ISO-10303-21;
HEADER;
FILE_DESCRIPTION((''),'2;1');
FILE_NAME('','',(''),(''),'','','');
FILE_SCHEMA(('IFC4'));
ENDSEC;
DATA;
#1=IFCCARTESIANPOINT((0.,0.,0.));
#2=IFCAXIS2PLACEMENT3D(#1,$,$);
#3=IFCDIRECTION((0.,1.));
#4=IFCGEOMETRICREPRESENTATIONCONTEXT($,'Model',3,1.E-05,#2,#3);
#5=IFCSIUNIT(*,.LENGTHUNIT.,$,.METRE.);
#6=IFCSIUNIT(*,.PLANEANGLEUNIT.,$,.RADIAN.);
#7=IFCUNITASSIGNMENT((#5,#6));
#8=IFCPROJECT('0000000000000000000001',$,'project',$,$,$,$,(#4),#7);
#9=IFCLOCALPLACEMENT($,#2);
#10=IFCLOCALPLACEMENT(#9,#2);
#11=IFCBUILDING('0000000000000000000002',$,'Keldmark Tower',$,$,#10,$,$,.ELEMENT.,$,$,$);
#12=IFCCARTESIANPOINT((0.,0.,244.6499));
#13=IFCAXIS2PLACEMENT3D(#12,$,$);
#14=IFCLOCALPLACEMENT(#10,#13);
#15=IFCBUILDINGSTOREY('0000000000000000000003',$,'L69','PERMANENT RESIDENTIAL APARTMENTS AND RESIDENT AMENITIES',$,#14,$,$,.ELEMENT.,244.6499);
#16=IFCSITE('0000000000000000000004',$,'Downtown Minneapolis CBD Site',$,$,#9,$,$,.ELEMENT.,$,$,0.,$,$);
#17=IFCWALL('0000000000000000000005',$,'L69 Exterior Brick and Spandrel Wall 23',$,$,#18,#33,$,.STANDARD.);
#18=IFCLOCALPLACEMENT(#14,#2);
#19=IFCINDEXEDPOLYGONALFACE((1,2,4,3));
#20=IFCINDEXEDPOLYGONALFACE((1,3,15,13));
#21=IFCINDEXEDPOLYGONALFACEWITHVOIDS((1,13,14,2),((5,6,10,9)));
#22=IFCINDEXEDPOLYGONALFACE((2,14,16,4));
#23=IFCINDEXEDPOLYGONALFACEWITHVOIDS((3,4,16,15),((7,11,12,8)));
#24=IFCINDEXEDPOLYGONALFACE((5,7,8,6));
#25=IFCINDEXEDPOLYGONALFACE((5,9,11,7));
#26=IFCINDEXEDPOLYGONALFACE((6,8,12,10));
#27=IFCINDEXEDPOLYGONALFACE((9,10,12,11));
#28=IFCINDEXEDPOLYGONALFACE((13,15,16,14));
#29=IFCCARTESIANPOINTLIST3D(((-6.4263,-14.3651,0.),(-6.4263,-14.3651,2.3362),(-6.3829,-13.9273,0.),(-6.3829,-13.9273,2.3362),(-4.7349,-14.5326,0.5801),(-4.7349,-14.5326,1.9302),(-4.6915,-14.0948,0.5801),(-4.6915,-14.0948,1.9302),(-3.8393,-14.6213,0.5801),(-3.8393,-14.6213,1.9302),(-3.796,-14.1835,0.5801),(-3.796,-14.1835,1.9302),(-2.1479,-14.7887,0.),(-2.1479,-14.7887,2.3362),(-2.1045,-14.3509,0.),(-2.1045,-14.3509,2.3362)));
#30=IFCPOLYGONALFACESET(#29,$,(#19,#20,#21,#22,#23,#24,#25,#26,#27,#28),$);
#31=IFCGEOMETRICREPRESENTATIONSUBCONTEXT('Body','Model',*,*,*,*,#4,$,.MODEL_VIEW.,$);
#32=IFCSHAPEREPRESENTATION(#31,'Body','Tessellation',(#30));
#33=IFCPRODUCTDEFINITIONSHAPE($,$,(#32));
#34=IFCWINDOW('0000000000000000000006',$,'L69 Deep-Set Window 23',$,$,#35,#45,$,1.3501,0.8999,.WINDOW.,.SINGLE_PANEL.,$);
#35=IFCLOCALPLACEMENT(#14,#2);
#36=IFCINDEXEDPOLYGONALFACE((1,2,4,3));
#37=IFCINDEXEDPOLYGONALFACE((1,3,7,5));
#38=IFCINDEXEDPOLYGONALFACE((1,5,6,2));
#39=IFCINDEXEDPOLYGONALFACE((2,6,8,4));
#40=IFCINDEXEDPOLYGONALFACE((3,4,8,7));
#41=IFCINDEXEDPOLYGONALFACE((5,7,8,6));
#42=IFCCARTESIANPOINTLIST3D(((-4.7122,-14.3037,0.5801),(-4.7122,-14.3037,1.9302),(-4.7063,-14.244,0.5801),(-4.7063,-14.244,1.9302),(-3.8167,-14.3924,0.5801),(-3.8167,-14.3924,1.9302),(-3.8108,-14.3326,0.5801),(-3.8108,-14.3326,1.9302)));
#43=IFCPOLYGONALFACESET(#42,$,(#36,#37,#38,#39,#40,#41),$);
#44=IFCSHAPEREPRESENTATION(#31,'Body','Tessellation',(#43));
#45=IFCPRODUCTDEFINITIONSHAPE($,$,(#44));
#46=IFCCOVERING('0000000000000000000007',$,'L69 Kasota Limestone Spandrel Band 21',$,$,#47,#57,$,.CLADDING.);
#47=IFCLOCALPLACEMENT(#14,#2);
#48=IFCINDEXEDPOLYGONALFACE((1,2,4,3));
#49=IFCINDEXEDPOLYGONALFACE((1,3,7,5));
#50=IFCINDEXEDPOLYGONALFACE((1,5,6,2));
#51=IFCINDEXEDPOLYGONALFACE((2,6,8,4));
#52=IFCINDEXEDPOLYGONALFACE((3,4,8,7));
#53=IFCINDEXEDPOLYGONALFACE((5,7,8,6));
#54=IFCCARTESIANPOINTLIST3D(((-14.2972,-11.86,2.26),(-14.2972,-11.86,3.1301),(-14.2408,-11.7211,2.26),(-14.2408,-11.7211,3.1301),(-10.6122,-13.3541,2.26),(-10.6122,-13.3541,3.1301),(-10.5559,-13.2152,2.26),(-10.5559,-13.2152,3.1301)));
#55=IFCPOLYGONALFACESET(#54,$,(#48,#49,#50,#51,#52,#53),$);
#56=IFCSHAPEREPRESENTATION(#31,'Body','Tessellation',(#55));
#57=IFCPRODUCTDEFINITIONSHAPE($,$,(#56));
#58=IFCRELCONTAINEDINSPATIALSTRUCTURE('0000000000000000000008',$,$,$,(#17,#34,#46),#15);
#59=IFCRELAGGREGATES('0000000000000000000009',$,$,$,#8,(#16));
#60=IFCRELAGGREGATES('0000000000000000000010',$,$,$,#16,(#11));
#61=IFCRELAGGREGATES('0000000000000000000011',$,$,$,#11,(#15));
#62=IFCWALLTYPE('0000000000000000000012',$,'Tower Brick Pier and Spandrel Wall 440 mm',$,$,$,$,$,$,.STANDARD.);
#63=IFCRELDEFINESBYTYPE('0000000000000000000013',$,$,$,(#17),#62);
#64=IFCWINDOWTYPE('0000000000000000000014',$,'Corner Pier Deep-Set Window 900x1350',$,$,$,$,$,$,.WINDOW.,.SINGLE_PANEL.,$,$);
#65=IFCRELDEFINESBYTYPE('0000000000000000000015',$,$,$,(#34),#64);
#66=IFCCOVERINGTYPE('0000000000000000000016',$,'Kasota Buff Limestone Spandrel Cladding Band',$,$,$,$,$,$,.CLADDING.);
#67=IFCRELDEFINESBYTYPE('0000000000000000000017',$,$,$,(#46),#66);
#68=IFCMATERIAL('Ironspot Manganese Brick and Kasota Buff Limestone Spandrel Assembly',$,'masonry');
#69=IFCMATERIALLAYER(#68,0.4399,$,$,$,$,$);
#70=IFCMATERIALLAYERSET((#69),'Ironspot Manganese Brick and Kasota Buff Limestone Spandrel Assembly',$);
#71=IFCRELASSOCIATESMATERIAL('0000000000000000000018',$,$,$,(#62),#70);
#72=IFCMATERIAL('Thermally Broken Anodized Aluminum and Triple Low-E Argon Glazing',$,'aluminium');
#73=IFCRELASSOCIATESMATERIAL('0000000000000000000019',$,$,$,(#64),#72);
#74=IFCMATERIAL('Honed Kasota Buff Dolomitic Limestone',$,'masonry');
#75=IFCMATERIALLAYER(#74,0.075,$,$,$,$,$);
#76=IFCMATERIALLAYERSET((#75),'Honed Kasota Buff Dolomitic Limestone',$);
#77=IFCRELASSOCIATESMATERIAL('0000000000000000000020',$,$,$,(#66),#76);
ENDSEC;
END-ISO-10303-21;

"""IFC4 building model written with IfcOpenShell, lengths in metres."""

from ifc_helpers import new_model, si_unit, direction, frame, frame_2d, origin, origin_2d, place, context, subcontext, project, spatial, rectangle, extrude, material, layer, layer_set, type_object, element, fill, save


model = new_model("IFC4")

# Units and contexts
model_context = context("Model", 3, precision=1e-05, world=origin(), true_north=direction((0.0, 1.0)))
body_context = subcontext(model_context, "Body", "Model", "MODEL_VIEW")
ifc_project = project(units=[si_unit("LENGTHUNIT", "METRE"), si_unit("PLANEANGLEUNIT", "RADIAN")], contexts=[model_context])

# Site, building, storey
site_placement = place(None, origin())
site = spatial("IfcSite", under=ifc_project, at=site_placement, Name="Downtown Minneapolis CBD Site", CompositionType="ELEMENT", RefElevation=0.0)
building_placement = place(site_placement, origin())
building = spatial("IfcBuilding", under=site, at=building_placement, Name="Keldmark Tower", CompositionType="ELEMENT")
storey_placement = place(building_placement, frame((0.0, 0.0, 244.6499)))
storey = spatial("IfcBuildingStorey", under=building, at=storey_placement, Name="L69", Description="PERMANENT RESIDENTIAL APARTMENTS AND RESIDENT AMENITIES", CompositionType="ELEMENT", Elevation=244.6499)

# Wall, opening, window
ifc_material_1 = material(Name="Ironspot Manganese Brick and Kasota Buff Limestone Spandrel Assembly", Category="masonry")
ifc_layer_1 = layer(ifc_material_1, 0.4399)
ifc_layer_set_1 = layer_set([ifc_layer_1], Name="Ironspot Manganese Brick and Kasota Buff Limestone Spandrel Assembly")
wall_type_1 = type_object("IfcWallType", Name="Tower Brick Pier and Spandrel Wall 440 mm", PredefinedType="STANDARD", material=ifc_layer_set_1)
wall_1_placement = place(storey_placement, frame((-2.1262, -14.5698, 0.0), z_axis=(0.0, 0.0, 1.0), x_axis=(-0.995135, 0.098525, 0.0)))
wall_1 = element("IfcWall", 1, at=wall_1_placement, inside=storey, type_object=wall_type_1, Name="L69 Exterior Brick and Spandrel Wall 23", PredefinedType="STANDARD", context=body_context, shape_type="SweptSolid", body=[
    extrude(rectangle(XDim=4.2993, YDim=0.4399, at=frame_2d((2.1497, 0.0))), origin(), (0.0, 0.0, 1.0), 2.3362),
])
opening_1_placement = place(wall_1_placement, frame((1.6997, 0.0, 0.5801)))
opening_1 = element("IfcOpeningElement", 2, at=opening_1_placement, cuts=wall_1, PredefinedType="OPENING", context=body_context, shape_type="SweptSolid", body=[
    extrude(rectangle(XDim=0.8999, YDim=1.3501, at=frame_2d((0.45, 0.675))), frame((0.0, 0.23, 0.0), z_axis=(0.0, -1.0, 0.0), x_axis=(1.0, 0.0, 0.0)), (0.0, 0.0, 1.0), 0.46),
])
ifc_material_2 = material(Name="Thermally Broken Anodized Aluminum and Triple Low-E Argon Glazing", Category="aluminium")
window_type_1 = type_object("IfcWindowType", Name="Corner Pier Deep-Set Window 900x1350", PartitioningType="SINGLE_PANEL", PredefinedType="WINDOW", material=ifc_material_2)
window_1_placement = place(opening_1_placement, origin())
window_1 = element("IfcWindow", 3, at=window_1_placement, inside=storey, type_object=window_type_1, Name="L69 Deep-Set Window 23", OverallHeight=1.3501, OverallWidth=0.8999, PartitioningType="SINGLE_PANEL", PredefinedType="WINDOW", context=body_context, shape_type="SweptSolid", body=[
    extrude(rectangle(XDim=0.8999, YDim=1.3501, at=frame_2d((0.45, 0.675))), frame((0.0, -0.01, 0.0), z_axis=(0.0, -1.0, 0.0), x_axis=(1.0, 0.0, 0.0)), (0.0, 0.0, 1.0), 0.0601),
])
fill(opening_1, window_1)

# Covering
ifc_material_3 = material(Name="Honed Kasota Buff Dolomitic Limestone", Category="masonry")
ifc_layer_2 = layer(ifc_material_3, 0.075)
ifc_layer_set_2 = layer_set([ifc_layer_2], Name="Honed Kasota Buff Dolomitic Limestone")
covering_type = type_object("IfcCoveringType", Name="Kasota Buff Limestone Spandrel Cladding Band", PredefinedType="CLADDING", material=ifc_layer_set_2)
covering_placement = place(storey_placement, frame((-12.4265, -12.5376, 2.26), z_axis=(0.0, 0.0, 1.0), x_axis=(0.926725, -0.375739, 0.0)))
element("IfcCovering", 4, at=covering_placement, inside=storey, type_object=covering_type, Name="L69 Kasota Limestone Spandrel Band 21", PredefinedType="CLADDING", context=body_context, shape_type="SweptSolid", body=[
    extrude(rectangle(XDim=3.9763, YDim=0.1499, at=origin_2d()), origin(), (0.0, 0.0, 1.0), 0.8701),
])

save(model, "model.ifc")
